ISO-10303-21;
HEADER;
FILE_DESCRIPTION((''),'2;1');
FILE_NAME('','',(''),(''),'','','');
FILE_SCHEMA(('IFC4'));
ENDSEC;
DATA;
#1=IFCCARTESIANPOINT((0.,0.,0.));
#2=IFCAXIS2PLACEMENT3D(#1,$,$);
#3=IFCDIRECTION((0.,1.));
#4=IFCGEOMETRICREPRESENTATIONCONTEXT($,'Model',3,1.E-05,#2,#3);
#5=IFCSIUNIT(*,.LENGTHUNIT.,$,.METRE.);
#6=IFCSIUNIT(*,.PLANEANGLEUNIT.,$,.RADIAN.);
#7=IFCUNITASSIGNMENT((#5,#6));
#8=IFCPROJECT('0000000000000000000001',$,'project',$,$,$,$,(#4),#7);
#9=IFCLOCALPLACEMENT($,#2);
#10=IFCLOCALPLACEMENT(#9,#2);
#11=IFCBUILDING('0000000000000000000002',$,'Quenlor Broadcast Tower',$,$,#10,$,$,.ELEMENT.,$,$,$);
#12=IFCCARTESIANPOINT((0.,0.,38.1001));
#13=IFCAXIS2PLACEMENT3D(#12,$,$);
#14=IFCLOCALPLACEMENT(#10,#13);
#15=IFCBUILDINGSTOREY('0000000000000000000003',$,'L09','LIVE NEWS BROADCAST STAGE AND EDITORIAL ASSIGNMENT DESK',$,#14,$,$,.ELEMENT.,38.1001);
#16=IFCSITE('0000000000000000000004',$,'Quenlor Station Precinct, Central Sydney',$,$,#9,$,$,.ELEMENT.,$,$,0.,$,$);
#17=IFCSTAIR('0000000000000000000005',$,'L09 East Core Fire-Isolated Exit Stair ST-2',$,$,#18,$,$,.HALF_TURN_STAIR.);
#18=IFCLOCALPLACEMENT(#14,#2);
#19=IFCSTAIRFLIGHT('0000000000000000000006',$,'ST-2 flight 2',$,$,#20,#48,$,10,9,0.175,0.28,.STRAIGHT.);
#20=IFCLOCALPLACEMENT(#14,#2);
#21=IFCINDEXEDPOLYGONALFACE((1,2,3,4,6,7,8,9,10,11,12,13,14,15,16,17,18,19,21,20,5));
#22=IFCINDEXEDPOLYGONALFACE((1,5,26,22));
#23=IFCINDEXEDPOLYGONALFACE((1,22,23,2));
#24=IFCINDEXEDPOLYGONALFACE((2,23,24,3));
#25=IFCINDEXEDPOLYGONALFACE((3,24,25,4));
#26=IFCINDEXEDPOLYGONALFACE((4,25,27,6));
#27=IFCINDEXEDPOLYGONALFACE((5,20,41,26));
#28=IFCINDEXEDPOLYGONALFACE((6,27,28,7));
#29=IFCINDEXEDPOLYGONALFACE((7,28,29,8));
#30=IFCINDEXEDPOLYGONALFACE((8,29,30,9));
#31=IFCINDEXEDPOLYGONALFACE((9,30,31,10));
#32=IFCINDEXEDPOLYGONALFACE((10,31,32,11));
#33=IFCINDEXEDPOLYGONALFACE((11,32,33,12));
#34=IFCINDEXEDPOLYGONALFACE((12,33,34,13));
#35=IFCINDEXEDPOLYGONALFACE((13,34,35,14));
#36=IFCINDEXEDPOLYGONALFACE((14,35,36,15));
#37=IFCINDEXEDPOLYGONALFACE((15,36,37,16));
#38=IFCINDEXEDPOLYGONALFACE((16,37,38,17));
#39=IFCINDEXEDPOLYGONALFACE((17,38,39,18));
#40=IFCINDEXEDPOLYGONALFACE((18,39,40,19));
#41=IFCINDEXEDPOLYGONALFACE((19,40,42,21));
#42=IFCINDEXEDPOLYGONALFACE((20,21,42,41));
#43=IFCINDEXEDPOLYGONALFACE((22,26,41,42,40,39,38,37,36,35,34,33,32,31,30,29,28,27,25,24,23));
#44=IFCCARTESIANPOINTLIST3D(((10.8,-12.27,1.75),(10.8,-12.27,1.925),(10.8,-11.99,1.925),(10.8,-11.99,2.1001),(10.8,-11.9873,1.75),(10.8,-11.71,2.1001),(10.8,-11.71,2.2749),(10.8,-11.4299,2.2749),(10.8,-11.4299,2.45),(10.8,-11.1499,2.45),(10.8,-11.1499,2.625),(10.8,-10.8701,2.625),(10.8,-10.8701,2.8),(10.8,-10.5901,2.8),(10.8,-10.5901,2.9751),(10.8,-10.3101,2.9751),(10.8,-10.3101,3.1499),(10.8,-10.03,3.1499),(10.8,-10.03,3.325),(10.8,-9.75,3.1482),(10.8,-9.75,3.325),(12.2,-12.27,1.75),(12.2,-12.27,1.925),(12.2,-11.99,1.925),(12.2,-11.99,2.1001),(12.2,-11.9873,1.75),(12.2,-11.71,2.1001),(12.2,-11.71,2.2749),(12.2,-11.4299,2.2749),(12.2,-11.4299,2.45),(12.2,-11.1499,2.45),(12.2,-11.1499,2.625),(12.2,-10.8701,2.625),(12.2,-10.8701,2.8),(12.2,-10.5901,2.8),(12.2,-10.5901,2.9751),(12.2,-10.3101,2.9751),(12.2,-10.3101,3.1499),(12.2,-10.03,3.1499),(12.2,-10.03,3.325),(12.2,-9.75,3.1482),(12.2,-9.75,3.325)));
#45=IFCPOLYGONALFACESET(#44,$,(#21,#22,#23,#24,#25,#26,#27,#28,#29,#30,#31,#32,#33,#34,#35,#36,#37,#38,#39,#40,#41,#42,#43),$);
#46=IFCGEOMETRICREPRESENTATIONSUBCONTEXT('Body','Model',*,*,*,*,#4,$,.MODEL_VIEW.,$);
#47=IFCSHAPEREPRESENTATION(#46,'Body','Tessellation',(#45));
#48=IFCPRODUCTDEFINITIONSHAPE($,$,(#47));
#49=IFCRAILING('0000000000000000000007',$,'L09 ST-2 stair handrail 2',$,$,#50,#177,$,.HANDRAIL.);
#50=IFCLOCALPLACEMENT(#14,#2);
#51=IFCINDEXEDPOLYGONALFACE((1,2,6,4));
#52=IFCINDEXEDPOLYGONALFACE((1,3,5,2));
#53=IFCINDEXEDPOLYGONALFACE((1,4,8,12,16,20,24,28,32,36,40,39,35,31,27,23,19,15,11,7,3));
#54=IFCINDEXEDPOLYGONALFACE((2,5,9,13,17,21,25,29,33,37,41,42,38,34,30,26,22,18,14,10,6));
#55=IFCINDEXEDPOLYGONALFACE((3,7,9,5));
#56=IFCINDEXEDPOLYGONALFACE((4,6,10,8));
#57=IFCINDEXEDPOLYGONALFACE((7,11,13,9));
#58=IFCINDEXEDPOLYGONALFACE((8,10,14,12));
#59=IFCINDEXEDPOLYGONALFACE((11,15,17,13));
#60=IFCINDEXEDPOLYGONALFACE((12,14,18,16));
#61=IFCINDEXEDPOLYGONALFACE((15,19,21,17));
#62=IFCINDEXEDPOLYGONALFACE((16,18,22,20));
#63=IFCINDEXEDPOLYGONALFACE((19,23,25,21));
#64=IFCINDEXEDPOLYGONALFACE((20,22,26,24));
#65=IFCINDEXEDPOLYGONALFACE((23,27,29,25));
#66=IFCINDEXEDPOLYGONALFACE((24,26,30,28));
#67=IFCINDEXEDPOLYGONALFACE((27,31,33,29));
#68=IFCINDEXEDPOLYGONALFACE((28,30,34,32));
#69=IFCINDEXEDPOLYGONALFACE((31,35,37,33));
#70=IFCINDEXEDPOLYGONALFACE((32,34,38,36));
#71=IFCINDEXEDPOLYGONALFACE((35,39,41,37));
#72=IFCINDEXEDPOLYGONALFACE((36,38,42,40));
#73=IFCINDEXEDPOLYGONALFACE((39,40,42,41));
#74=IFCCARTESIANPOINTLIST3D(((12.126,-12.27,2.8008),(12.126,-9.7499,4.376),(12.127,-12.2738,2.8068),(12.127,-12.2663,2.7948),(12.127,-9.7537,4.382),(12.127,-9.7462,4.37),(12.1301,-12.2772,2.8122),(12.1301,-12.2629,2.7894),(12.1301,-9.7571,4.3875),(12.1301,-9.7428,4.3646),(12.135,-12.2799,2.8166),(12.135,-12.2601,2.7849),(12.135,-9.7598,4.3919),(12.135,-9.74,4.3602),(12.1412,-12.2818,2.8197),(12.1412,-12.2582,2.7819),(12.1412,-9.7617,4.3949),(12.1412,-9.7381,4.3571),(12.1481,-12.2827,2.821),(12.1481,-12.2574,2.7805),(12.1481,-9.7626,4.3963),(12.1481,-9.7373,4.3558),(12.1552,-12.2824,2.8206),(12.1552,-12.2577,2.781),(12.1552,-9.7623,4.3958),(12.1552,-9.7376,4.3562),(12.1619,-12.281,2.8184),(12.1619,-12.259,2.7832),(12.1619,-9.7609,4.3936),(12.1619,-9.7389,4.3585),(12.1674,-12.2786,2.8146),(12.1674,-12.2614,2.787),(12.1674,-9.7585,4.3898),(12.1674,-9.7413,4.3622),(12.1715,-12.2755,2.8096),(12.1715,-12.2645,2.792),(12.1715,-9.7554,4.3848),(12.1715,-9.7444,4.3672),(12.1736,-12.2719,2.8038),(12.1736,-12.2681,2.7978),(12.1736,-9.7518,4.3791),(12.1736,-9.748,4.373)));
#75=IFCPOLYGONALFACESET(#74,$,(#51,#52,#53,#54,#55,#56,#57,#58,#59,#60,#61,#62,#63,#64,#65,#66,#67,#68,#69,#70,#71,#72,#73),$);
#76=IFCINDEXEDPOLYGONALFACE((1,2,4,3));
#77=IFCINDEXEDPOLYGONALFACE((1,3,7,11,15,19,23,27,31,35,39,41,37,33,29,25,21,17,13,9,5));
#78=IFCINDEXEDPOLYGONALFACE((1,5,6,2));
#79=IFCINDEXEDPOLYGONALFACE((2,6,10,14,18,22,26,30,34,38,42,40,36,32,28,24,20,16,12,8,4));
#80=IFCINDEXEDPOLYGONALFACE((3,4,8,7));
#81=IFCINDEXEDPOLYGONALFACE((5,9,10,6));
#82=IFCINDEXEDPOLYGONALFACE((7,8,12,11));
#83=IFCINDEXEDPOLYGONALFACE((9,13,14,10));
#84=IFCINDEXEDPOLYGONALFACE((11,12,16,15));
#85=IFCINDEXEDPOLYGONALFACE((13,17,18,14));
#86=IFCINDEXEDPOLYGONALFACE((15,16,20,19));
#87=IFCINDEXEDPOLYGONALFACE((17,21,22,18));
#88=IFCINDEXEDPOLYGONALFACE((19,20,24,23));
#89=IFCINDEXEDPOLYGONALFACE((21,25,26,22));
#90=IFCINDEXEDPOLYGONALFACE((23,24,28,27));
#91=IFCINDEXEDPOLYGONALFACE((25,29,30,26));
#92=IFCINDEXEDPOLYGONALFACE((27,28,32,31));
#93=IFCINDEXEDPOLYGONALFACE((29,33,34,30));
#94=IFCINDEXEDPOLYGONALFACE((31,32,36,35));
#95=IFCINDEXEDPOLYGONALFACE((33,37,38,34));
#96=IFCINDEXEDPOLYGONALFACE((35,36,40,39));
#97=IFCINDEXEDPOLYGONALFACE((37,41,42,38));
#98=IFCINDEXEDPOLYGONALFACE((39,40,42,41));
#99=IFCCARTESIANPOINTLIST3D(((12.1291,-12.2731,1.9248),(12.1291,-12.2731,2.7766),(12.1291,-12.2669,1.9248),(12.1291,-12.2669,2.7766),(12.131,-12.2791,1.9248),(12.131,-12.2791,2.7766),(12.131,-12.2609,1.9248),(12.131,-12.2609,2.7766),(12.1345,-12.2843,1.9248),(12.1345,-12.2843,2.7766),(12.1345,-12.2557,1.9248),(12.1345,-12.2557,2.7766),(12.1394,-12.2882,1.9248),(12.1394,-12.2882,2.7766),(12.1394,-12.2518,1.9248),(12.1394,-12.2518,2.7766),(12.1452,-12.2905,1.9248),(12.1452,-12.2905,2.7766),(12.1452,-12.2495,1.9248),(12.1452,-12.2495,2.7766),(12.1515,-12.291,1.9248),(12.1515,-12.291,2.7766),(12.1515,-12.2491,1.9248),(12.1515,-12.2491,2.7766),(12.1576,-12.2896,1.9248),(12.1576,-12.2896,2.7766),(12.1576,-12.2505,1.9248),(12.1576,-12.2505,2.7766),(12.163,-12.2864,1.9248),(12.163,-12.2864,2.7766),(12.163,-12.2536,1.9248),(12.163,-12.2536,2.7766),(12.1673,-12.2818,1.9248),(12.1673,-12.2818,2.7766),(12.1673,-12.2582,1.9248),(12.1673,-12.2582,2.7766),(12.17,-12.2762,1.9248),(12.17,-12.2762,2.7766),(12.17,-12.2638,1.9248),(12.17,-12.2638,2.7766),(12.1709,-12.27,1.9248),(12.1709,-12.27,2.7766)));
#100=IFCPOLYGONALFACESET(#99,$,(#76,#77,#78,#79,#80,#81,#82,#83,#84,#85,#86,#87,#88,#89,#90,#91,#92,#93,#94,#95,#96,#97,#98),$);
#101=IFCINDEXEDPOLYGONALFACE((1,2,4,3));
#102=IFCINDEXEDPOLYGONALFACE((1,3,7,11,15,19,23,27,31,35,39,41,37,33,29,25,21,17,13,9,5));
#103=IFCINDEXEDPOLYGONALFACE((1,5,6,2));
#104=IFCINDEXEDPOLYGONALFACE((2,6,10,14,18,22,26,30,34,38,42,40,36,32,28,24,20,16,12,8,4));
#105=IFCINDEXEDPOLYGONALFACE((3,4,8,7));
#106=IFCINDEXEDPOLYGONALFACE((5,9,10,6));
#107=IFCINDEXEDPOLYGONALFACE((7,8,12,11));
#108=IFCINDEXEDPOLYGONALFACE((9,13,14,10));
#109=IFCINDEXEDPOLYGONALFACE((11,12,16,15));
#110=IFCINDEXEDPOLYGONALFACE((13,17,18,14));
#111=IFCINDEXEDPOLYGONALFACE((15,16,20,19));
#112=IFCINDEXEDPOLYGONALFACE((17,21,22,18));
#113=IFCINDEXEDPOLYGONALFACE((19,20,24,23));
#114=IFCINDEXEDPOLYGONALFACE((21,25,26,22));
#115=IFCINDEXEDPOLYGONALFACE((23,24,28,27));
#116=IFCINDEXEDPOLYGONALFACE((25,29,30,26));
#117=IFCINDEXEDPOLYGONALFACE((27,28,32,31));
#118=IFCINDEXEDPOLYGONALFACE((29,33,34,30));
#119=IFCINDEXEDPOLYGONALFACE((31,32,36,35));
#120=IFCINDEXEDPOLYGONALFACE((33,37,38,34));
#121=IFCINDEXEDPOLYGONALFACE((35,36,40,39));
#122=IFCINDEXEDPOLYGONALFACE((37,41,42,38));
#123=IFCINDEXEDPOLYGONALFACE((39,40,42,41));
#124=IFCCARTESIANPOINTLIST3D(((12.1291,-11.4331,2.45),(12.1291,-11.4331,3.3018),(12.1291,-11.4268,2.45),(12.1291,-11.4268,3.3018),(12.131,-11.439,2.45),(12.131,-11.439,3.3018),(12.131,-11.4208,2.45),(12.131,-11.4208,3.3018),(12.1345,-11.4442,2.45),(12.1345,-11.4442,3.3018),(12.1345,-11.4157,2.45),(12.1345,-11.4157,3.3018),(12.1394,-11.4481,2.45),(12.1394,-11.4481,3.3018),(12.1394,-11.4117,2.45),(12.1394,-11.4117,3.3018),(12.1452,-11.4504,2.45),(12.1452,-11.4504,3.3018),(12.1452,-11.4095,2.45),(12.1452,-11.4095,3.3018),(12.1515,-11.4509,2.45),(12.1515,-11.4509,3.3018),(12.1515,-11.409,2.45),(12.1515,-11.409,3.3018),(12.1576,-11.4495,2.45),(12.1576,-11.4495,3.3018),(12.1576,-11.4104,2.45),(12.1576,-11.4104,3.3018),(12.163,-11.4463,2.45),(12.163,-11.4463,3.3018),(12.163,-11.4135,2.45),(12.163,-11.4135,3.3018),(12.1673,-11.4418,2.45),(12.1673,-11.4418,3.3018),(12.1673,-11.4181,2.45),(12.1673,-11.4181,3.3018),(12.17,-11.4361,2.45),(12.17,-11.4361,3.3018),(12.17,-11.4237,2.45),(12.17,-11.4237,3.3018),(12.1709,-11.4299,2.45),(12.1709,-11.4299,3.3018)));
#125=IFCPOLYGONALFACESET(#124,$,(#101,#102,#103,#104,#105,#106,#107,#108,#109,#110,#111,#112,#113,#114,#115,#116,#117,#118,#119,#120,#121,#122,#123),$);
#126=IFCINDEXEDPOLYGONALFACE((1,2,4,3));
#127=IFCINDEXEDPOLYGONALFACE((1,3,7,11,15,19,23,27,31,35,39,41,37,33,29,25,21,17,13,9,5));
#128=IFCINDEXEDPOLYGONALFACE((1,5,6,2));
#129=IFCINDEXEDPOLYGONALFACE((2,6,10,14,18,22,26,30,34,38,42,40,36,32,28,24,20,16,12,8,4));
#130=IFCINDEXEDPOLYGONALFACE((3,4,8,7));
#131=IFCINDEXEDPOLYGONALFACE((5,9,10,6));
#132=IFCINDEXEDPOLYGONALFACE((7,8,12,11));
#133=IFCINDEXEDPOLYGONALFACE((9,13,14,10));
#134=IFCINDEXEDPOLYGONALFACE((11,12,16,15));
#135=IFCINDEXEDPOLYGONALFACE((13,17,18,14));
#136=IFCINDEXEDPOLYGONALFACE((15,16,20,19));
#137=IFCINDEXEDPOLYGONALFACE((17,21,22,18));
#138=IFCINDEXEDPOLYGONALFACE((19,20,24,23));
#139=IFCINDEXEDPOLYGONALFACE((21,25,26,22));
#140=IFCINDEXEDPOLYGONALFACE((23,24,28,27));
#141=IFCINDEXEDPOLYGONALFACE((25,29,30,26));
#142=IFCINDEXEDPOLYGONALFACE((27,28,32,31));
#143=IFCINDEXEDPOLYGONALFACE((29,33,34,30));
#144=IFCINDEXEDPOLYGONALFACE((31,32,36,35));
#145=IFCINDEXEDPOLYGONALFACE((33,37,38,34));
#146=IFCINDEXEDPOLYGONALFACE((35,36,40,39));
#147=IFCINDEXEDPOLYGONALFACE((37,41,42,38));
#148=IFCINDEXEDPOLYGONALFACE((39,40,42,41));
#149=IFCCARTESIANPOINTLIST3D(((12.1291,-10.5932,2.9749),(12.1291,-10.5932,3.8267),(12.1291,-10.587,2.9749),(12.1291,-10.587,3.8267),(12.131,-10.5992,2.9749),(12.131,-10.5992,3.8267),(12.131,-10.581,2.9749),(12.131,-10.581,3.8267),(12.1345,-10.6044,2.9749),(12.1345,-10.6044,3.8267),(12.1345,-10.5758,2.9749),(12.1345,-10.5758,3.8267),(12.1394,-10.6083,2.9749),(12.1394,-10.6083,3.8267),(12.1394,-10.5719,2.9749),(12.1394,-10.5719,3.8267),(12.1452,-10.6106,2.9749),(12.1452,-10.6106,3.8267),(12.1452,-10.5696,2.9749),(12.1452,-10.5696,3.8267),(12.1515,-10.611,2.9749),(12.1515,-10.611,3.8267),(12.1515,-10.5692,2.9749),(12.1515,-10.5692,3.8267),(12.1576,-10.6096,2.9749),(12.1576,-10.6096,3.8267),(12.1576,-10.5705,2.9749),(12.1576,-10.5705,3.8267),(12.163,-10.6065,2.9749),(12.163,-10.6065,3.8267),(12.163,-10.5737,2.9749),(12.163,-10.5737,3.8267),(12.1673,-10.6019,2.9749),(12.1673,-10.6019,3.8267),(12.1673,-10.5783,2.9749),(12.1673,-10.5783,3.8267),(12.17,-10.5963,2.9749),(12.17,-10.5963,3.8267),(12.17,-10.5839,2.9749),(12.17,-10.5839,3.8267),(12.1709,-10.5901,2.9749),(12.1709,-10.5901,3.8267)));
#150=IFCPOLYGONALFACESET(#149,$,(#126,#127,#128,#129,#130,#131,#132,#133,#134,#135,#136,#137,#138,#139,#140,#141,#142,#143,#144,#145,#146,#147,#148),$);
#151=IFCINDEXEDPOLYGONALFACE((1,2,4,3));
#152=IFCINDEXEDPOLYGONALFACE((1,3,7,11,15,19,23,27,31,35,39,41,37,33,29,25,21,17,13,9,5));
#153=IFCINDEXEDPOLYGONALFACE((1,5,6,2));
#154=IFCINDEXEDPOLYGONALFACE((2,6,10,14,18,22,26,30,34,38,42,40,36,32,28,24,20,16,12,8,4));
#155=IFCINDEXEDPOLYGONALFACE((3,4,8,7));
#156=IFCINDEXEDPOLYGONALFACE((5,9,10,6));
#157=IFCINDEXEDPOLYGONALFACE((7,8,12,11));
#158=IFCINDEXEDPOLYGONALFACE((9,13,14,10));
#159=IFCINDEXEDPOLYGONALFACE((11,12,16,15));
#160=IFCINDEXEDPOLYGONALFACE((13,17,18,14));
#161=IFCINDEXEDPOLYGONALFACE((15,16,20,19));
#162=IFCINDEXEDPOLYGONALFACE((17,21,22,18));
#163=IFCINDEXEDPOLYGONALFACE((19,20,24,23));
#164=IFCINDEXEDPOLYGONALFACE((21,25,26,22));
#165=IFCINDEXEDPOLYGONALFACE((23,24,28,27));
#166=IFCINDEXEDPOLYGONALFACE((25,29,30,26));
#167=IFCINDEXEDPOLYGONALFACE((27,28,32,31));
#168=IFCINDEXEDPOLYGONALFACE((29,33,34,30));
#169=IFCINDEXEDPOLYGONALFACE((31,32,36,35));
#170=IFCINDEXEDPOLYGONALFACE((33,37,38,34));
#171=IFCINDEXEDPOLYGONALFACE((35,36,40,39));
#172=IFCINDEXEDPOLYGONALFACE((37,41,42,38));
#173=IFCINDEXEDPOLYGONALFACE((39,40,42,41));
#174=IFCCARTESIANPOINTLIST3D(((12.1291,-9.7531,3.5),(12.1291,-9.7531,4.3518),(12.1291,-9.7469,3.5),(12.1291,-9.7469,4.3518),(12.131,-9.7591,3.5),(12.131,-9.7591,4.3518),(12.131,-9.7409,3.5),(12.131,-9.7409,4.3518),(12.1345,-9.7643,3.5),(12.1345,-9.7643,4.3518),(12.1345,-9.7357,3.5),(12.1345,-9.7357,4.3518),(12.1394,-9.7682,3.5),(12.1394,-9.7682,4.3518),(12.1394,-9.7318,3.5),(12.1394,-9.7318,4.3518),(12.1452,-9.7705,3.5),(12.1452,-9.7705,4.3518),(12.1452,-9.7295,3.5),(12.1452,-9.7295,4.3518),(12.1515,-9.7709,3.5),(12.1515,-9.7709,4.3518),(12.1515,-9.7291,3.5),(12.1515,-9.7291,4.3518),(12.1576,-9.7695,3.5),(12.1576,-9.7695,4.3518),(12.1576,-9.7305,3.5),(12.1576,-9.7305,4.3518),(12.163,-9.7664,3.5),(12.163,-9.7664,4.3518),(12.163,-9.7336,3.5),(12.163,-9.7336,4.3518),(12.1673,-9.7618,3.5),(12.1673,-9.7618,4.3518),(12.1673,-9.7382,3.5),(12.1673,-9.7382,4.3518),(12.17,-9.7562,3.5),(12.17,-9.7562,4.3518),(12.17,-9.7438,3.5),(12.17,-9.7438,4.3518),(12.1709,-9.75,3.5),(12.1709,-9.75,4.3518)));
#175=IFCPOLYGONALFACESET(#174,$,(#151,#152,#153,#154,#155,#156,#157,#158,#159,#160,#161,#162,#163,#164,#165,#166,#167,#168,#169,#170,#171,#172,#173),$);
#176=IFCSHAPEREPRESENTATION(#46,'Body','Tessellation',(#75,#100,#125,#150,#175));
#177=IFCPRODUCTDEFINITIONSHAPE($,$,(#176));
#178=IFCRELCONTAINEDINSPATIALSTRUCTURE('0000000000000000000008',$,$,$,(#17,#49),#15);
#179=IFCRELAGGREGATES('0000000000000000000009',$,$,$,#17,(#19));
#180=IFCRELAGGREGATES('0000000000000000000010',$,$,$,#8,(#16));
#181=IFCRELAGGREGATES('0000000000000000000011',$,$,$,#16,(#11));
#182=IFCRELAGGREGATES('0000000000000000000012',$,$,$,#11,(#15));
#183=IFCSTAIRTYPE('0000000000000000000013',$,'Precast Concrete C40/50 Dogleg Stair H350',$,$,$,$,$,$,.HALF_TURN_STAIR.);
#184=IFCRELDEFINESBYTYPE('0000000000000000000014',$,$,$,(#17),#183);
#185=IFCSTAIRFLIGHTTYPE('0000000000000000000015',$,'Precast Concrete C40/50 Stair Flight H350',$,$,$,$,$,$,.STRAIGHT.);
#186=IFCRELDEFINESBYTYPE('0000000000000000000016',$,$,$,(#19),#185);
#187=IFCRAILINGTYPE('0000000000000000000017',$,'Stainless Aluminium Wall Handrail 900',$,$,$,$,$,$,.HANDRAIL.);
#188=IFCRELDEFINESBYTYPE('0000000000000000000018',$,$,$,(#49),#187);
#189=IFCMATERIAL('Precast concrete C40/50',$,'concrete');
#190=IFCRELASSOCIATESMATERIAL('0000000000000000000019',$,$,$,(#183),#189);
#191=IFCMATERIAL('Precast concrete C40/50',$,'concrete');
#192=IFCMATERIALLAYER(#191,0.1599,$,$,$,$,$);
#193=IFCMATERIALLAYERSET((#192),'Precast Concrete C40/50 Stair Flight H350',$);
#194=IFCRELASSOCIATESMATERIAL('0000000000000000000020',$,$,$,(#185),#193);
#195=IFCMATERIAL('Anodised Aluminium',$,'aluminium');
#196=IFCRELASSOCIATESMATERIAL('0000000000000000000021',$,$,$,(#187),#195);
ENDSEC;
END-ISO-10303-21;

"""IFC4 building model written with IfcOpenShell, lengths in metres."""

from ifc_helpers import new_model, si_unit, direction, frame, origin, origin_2d, place, context, subcontext, project, spatial, polyline, circle, outline, extrude, material, layer, layer_set, type_object, element, aggregate, save


model = new_model("IFC4")

# Units and contexts
model_context = context("Model", 3, precision=1e-05, world=origin(), true_north=direction((0.0, 1.0)))
body_context = subcontext(model_context, "Body", "Model", "MODEL_VIEW")
ifc_project = project(units=[si_unit("LENGTHUNIT", "METRE"), si_unit("PLANEANGLEUNIT", "RADIAN")], contexts=[model_context])

# Site, building, storey
site_placement = place(None, origin())
site = spatial("IfcSite", under=ifc_project, at=site_placement, Name="Quenlor Station Precinct, Central Sydney", CompositionType="ELEMENT", RefElevation=0.0)
building_placement = place(site_placement, origin())
building = spatial("IfcBuilding", under=site, at=building_placement, Name="Quenlor Broadcast Tower", CompositionType="ELEMENT")
storey_placement = place(building_placement, frame((0.0, 0.0, 38.1001)))
storey = spatial("IfcBuildingStorey", under=building, at=storey_placement, Name="L09", Description="LIVE NEWS BROADCAST STAGE AND EDITORIAL ASSIGNMENT DESK", CompositionType="ELEMENT", Elevation=38.1001)

# Stair, stair flight
ifc_material_1 = material(Name="Precast concrete C40/50", Category="concrete")
stair_type = type_object("IfcStairType", Name="Precast Concrete C40/50 Dogleg Stair H350", PredefinedType="HALF_TURN_STAIR", material=ifc_material_1)
stair_placement = place(storey_placement, origin())
stair = element("IfcStair", 1, at=stair_placement, inside=storey, type_object=stair_type, Name="L09 East Core Fire-Isolated Exit Stair ST-2", PredefinedType="HALF_TURN_STAIR")
ifc_material_2 = material(Name="Precast concrete C40/50", Category="concrete")
ifc_layer_1 = layer(ifc_material_2, 0.1599)
ifc_layer_set_1 = layer_set([ifc_layer_1], Name="Precast Concrete C40/50 Stair Flight H350")
stair_flight_type = type_object("IfcStairFlightType", Name="Precast Concrete C40/50 Stair Flight H350", PredefinedType="STRAIGHT", material=ifc_layer_set_1)
stair_flight_placement = place(storey_placement, frame((11.5, -12.27, 1.75), z_axis=(0.0, 0.0, 1.0), x_axis=(0.0, 1.0, 0.0)))
stair_flight = element("IfcStairFlight", 2, at=stair_flight_placement, type_object=stair_flight_type, Name="ST-2 flight 2", NumberOfRisers=10, NumberOfTreads=9, PredefinedType="STRAIGHT", RiserHeight=0.175, TreadLength=0.28, context=body_context, shape_type="SweptSolid", body=[
    extrude(outline(polyline([(0.0, 0.0), (0.0, 0.175), (0.28, 0.175), (0.28, 0.3501), (0.5601, 0.3501), (0.5601, 0.5249), (0.8401, 0.5249), (0.8401, 0.7), (1.1201, 0.7), (1.1201, 0.875), (1.3999, 0.875), (1.3999, 1.05), (1.6799, 1.05), (1.6799, 1.2251), (1.96, 1.2251), (1.96, 1.3999), (2.24, 1.3999), (2.24, 1.575), (2.52, 1.575), (2.52, 1.75), (2.52, 1.3982), (0.2827, 0.0), (0.0, 0.0)])), frame((0.0, 0.7, 0.0), z_axis=(0.0, -1.0, 0.0), x_axis=(1.0, 0.0, 0.0)), (0.0, 0.0, 1.0), 1.3999),
])
aggregate(stair, [stair_flight])

# Railing
ifc_material_3 = material(Name="Anodised Aluminium", Category="aluminium")
railing_type = type_object("IfcRailingType", Name="Stainless Aluminium Wall Handrail 900", PredefinedType="HANDRAIL", material=ifc_material_3)
railing_placement = place(storey_placement, frame((12.1499, -12.27, 1.9248)))
element("IfcRailing", 3, at=railing_placement, inside=storey, type_object=railing_type, Name="L09 ST-2 stair handrail 2", PredefinedType="HANDRAIL", context=body_context, shape_type="SweptSolid", body=[
    extrude(circle(Radius=0.0239, at=origin_2d()), frame((0.0, 0.0, 0.876), z_axis=(0.0, 0.847971, 0.530043), x_axis=(-1.0, 0.0, 0.0)), (0.0, 0.0, 1.0), 2.9719),
    extrude(circle(Radius=0.021, at=origin_2d()), origin(), (0.0, 0.0, 1.0), 0.8518),
    extrude(circle(Radius=0.021, at=origin_2d()), frame((0.0, 0.8401, 0.5251)), (0.0, 0.0, 1.0), 0.8518),
    extrude(circle(Radius=0.021, at=origin_2d()), frame((0.0, 1.6799, 1.05)), (0.0, 0.0, 1.0), 0.8518),
    extrude(circle(Radius=0.021, at=origin_2d()), frame((0.0, 2.52, 1.5752)), (0.0, 0.0, 1.0), 0.8518),
])

save(model, "model.ifc")
